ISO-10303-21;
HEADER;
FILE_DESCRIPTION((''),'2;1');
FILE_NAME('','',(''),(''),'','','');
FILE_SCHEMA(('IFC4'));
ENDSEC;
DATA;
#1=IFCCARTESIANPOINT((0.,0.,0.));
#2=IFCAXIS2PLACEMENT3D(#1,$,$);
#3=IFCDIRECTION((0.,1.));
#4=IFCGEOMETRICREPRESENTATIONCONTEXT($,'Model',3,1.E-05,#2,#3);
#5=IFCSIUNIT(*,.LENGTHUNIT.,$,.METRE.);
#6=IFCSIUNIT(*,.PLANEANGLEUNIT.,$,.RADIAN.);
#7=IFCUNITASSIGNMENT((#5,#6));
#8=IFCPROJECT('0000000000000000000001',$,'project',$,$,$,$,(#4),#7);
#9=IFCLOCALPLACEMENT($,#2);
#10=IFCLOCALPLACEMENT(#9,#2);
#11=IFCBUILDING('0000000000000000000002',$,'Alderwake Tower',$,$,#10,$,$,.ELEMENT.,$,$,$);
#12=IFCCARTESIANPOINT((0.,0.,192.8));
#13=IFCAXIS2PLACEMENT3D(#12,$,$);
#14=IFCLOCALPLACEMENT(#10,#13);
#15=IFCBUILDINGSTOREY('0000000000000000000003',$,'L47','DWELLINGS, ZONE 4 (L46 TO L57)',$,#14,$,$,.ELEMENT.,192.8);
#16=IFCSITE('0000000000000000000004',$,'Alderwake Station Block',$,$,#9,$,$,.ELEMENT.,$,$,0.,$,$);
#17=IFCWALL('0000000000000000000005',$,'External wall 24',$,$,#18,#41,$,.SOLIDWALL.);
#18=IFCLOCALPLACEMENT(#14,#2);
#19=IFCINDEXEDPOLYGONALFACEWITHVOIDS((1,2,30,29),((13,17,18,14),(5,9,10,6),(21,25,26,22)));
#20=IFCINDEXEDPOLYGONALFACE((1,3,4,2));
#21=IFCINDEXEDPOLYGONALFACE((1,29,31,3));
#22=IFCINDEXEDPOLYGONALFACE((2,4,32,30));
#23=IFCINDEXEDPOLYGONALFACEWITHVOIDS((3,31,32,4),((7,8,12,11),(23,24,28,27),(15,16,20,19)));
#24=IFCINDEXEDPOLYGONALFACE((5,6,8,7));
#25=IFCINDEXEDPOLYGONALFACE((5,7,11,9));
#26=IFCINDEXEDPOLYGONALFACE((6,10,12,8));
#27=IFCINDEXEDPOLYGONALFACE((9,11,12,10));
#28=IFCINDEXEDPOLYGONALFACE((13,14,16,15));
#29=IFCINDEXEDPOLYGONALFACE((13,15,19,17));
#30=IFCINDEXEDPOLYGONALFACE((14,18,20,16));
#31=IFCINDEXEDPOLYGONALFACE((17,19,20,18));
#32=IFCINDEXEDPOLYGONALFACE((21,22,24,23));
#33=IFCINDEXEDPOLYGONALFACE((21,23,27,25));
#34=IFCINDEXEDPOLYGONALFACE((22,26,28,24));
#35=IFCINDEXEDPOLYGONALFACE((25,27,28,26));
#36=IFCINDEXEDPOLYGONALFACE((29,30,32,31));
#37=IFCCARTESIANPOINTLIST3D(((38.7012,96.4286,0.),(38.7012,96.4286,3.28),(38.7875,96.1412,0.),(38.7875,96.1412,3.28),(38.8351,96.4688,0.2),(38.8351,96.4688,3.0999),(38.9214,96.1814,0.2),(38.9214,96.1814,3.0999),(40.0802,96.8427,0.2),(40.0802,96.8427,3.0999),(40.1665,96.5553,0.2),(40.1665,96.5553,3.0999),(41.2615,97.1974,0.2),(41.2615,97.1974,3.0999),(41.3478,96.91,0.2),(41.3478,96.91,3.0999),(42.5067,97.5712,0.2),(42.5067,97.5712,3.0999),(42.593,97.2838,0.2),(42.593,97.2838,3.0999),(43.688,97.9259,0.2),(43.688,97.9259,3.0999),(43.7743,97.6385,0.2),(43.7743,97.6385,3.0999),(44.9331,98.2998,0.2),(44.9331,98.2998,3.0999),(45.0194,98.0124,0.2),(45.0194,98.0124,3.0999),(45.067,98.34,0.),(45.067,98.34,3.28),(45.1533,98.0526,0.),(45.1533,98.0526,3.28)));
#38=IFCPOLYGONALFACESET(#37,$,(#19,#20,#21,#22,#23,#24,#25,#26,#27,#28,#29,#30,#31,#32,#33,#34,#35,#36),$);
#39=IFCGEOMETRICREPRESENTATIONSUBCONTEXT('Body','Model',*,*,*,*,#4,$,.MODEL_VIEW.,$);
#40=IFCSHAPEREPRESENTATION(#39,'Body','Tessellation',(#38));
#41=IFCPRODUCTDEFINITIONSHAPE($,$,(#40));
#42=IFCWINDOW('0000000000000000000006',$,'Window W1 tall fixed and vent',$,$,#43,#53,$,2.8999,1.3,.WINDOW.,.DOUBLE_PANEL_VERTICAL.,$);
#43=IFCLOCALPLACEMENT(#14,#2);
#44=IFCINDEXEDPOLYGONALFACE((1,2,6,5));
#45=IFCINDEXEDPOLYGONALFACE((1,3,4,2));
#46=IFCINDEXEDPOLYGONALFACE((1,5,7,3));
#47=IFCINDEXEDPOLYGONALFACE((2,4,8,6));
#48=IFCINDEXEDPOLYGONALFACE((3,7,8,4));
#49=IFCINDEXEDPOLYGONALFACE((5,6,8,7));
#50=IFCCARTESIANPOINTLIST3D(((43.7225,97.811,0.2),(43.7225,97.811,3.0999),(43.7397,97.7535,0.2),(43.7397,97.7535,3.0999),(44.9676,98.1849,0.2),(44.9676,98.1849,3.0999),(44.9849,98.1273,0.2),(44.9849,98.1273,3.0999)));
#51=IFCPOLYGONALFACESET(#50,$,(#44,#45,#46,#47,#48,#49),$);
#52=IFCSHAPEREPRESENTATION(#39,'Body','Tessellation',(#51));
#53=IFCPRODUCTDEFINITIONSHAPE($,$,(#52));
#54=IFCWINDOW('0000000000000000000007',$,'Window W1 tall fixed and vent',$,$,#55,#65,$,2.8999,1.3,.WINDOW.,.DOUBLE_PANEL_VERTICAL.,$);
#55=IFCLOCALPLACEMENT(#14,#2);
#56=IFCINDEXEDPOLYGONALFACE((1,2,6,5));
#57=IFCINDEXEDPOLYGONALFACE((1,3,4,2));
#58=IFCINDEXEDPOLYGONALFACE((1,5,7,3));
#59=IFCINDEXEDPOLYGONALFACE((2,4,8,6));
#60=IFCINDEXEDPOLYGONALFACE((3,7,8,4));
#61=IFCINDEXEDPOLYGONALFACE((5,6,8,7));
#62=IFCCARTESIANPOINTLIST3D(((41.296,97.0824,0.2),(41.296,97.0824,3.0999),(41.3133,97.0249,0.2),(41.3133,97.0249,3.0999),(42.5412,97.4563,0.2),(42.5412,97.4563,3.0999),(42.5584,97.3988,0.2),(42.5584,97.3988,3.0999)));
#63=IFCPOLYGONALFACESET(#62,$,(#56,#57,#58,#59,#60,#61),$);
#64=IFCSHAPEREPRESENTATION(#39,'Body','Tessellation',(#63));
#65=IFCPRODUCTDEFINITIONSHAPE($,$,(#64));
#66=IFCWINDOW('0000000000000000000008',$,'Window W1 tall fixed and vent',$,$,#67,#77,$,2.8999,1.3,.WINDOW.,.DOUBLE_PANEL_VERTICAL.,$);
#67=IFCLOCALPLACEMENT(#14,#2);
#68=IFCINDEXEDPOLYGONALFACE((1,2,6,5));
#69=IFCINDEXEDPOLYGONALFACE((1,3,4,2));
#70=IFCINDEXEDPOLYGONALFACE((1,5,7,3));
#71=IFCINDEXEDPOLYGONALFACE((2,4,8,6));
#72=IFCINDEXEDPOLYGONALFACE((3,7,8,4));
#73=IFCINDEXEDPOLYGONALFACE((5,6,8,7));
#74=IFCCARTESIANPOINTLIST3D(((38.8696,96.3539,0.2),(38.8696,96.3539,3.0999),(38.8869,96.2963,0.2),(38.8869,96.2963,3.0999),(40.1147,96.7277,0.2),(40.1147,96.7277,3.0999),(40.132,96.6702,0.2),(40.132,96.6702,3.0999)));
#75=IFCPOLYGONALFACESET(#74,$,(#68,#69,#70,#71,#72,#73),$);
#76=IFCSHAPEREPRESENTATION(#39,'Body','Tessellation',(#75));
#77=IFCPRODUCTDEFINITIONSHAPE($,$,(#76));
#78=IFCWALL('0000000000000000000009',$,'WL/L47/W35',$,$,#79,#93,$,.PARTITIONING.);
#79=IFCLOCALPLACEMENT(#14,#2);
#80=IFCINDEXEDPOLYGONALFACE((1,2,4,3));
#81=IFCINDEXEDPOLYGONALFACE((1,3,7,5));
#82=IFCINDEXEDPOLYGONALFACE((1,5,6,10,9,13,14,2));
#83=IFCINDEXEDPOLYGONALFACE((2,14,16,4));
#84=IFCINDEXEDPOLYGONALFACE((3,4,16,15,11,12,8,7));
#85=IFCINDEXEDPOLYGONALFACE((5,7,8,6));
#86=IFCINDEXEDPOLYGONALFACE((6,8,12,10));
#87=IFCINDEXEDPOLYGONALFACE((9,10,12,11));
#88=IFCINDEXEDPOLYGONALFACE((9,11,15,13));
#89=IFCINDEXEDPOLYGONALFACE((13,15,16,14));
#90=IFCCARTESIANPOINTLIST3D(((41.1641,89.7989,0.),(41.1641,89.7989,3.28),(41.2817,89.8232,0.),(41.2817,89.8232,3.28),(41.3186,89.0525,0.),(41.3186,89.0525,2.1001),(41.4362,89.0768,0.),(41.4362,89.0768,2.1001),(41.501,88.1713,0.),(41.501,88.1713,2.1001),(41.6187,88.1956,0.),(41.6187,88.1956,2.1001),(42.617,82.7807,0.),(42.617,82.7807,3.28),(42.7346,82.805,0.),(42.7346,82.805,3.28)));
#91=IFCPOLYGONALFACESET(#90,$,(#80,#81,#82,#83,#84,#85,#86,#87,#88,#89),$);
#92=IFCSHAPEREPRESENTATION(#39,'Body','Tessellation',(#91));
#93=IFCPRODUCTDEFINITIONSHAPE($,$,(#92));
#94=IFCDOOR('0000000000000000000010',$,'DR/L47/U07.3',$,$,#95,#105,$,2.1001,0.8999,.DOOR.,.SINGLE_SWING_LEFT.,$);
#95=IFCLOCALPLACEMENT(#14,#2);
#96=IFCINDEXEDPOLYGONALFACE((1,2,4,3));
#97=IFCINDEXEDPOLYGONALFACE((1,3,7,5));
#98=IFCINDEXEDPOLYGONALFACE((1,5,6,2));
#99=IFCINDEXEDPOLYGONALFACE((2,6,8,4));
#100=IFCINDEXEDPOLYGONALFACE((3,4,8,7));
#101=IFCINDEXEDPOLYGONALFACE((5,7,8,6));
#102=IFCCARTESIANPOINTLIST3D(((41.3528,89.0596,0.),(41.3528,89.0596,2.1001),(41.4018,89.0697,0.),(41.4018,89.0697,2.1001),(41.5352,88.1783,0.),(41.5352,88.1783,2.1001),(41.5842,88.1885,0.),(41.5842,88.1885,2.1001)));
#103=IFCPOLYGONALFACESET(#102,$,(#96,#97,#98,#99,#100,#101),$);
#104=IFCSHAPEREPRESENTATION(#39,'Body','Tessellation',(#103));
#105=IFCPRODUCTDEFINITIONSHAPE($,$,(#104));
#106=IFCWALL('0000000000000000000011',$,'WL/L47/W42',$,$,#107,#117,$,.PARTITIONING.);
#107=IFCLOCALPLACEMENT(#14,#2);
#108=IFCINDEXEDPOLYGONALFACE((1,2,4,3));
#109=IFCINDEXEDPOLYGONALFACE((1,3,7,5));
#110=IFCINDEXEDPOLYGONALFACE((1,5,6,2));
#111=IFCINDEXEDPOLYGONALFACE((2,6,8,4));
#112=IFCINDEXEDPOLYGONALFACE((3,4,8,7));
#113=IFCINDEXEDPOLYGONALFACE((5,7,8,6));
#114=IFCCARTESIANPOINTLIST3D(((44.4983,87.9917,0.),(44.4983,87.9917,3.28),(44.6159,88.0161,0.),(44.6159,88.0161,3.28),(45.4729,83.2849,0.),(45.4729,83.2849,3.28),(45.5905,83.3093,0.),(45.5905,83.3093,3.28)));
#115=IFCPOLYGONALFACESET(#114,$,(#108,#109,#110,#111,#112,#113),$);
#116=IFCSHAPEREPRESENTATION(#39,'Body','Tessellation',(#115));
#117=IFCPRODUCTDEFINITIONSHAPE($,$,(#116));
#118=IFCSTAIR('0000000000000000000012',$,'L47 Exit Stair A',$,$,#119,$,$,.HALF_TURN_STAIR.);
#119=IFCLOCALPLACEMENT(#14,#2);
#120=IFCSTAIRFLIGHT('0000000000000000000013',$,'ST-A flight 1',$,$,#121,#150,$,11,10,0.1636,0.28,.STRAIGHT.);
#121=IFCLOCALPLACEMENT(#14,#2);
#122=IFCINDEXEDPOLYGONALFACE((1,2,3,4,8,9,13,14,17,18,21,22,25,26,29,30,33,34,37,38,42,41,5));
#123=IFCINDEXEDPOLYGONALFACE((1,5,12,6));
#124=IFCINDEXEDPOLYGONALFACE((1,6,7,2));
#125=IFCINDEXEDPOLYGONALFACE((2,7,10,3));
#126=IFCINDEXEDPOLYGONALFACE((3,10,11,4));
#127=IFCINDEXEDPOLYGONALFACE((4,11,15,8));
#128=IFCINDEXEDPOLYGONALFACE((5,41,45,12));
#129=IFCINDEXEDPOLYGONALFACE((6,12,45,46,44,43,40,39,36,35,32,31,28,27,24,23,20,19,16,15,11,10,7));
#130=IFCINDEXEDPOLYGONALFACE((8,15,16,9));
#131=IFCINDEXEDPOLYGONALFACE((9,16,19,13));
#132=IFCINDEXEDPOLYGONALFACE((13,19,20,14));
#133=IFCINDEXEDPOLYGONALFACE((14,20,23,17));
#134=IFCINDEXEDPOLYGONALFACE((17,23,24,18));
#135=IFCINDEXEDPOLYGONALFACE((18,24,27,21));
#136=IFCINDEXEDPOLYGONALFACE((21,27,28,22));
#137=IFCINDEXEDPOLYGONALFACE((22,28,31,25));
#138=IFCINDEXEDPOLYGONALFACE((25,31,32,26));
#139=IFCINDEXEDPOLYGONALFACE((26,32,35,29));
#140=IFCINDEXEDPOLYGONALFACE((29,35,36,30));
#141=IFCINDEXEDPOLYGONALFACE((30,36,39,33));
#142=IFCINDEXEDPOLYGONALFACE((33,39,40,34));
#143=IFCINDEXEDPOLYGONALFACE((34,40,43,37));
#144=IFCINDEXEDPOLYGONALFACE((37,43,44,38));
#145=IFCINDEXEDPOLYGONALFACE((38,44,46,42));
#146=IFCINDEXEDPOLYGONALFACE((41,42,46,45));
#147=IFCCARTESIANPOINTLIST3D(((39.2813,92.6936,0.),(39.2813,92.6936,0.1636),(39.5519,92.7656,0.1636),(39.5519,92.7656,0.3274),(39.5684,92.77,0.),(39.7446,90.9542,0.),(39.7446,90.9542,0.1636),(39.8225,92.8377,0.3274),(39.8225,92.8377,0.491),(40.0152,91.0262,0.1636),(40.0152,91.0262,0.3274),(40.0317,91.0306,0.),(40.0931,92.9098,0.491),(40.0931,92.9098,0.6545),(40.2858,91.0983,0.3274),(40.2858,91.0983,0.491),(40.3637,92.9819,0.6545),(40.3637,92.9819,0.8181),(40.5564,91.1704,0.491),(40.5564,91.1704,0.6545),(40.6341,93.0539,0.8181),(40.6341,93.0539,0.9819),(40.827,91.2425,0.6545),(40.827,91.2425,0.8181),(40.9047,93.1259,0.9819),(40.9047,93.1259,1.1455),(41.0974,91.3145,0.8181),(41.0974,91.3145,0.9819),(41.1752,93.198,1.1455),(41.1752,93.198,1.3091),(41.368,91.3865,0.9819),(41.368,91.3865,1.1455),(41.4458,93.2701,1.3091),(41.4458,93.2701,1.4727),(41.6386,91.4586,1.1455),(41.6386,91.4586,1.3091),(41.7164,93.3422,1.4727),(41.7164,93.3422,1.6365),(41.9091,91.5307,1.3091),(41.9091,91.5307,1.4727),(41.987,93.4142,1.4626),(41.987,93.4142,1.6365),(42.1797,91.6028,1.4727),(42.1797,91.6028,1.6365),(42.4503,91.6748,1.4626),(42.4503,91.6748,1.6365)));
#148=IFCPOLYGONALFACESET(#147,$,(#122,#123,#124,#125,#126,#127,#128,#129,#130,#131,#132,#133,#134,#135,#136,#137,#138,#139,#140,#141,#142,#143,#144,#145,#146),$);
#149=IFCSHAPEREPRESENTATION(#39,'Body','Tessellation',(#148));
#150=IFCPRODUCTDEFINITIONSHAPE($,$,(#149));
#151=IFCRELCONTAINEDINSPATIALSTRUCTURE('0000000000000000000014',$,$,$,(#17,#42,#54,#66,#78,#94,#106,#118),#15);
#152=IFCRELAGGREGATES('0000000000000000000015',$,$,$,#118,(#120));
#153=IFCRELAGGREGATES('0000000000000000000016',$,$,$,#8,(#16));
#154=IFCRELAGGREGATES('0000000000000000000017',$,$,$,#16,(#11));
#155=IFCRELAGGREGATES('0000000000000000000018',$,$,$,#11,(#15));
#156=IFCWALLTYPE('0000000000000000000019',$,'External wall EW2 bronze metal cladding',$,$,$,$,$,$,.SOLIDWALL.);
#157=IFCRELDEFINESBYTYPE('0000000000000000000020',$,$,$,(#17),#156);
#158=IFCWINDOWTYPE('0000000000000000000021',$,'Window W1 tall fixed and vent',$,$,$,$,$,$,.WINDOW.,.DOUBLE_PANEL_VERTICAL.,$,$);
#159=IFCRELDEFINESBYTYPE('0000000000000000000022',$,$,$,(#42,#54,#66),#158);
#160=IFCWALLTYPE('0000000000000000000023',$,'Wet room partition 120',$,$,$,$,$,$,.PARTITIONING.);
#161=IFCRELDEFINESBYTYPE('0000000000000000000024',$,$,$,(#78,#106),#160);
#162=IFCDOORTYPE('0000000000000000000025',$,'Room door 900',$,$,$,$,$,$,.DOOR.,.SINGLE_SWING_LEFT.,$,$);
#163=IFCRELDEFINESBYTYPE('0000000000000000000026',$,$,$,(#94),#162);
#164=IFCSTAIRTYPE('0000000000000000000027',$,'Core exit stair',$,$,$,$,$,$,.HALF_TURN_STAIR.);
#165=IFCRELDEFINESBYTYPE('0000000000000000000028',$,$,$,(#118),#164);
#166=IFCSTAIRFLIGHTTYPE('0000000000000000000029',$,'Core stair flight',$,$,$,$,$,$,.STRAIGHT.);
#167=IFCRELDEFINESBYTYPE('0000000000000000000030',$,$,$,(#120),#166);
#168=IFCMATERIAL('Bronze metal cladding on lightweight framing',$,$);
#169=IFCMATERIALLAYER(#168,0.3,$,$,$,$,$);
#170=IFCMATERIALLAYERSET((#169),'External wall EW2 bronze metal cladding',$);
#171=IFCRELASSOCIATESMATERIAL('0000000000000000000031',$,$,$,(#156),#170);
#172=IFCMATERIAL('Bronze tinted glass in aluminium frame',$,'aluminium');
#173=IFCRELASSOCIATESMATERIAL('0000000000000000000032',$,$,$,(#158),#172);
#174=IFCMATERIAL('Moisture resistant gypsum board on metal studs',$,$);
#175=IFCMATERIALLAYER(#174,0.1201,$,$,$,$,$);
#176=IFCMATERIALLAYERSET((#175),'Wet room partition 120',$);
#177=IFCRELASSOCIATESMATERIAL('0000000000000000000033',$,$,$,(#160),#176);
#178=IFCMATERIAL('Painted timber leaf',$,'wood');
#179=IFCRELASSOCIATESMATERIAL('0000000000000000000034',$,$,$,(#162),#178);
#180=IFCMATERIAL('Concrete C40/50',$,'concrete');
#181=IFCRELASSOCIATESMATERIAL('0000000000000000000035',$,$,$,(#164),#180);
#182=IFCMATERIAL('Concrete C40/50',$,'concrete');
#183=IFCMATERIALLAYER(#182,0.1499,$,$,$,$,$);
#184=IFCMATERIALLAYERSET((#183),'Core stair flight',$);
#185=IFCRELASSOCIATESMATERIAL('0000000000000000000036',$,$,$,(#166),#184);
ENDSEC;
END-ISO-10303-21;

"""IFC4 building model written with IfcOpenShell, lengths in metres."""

from ifc_helpers import new_model, si_unit, direction, frame, frame_2d, origin, place, context, subcontext, project, spatial, polyline, rectangle, outline, extrude, material, layer, layer_set, type_object, element, fill, aggregate, save


model = new_model("IFC4")

# Units and contexts
model_context = context("Model", 3, precision=1e-05, world=origin(), true_north=direction((0.0, 1.0)))
body_context = subcontext(model_context, "Body", "Model", "MODEL_VIEW")
ifc_project = project(units=[si_unit("LENGTHUNIT", "METRE"), si_unit("PLANEANGLEUNIT", "RADIAN")], contexts=[model_context])

# Site, building, storey
site_placement = place(None, origin())
site = spatial("IfcSite", under=ifc_project, at=site_placement, Name="Alderwake Station Block", CompositionType="ELEMENT", RefElevation=0.0)
building_placement = place(site_placement, origin())
building = spatial("IfcBuilding", under=site, at=building_placement, Name="Alderwake Tower", CompositionType="ELEMENT")
storey_placement = place(building_placement, frame((0.0, 0.0, 192.8)))
storey = spatial("IfcBuildingStorey", under=building, at=storey_placement, Name="L47", Description="DWELLINGS, ZONE 4 (L46 TO L57)", CompositionType="ELEMENT", Elevation=192.8)

# Wall, openings, windows
ifc_material_1 = material(Name="Bronze metal cladding on lightweight framing")
ifc_layer_1 = layer(ifc_material_1, 0.3)
ifc_layer_set_1 = layer_set([ifc_layer_1], Name="External wall EW2 bronze metal cladding")
wall_type_1 = type_object("IfcWallType", Name="External wall EW2 bronze metal cladding", PredefinedType="SOLIDWALL", material=ifc_layer_set_1)
wall_1_placement = place(storey_placement, frame((45.1101, 98.1963, 0.0), z_axis=(0.0, 0.0, 1.0), x_axis=(-0.957758, -0.287577, 0.0)))
wall_1 = element("IfcWall", 1, at=wall_1_placement, inside=storey, type_object=wall_type_1, Name="External wall 24", PredefinedType="SOLIDWALL", context=body_context, shape_type="SweptSolid", body=[
    extrude(rectangle(XDim=6.6465, YDim=0.3, at=frame_2d((3.3232, 0.0))), origin(), (0.0, 0.0, 1.0), 3.28),
])
opening_1_placement = place(wall_1_placement, frame((0.1399, 0.0, 0.2)))
opening_1 = element("IfcOpeningElement", 2, at=opening_1_placement, cuts=wall_1, PredefinedType="OPENING", context=body_context, shape_type="SweptSolid", body=[
    extrude(rectangle(XDim=1.3, YDim=2.8999, at=frame_2d((0.6499, 1.45))), frame((0.0, 0.1599, 0.0), z_axis=(0.0, -1.0, 0.0), x_axis=(1.0, 0.0, 0.0)), (0.0, 0.0, 1.0), 0.3201),
])
opening_2_placement = place(wall_1_placement, frame((2.6733, 0.0, 0.2)))
opening_2 = element("IfcOpeningElement", 3, at=opening_2_placement, cuts=wall_1, PredefinedType="OPENING", context=body_context, shape_type="SweptSolid", body=[
    extrude(rectangle(XDim=1.3, YDim=2.8999, at=frame_2d((0.6499, 1.45))), frame((0.0, 0.1599, 0.0), z_axis=(0.0, -1.0, 0.0), x_axis=(1.0, 0.0, 0.0)), (0.0, 0.0, 1.0), 0.3201),
])
opening_3_placement = place(wall_1_placement, frame((5.2068, 0.0, 0.2)))
opening_3 = element("IfcOpeningElement", 4, at=opening_3_placement, cuts=wall_1, PredefinedType="OPENING", context=body_context, shape_type="SweptSolid", body=[
    extrude(rectangle(XDim=1.3, YDim=2.8999, at=frame_2d((0.6499, 1.45))), frame((0.0, 0.1599, 0.0), z_axis=(0.0, -1.0, 0.0), x_axis=(1.0, 0.0, 0.0)), (0.0, 0.0, 1.0), 0.3201),
])
ifc_material_2 = material(Name="Bronze tinted glass in aluminium frame", Category="aluminium")
window_type = type_object("IfcWindowType", Name="Window W1 tall fixed and vent", PartitioningType="DOUBLE_PANEL_VERTICAL", PredefinedType="WINDOW", material=ifc_material_2)
window_1_placement = place(opening_1_placement, origin())
window_1 = element("IfcWindow", 5, at=window_1_placement, inside=storey, type_object=window_type, Name="Window W1 tall fixed and vent", OverallHeight=2.8999, OverallWidth=1.3, PartitioningType="DOUBLE_PANEL_VERTICAL", PredefinedType="WINDOW", context=body_context, shape_type="SweptSolid", body=[
    extrude(rectangle(XDim=1.3, YDim=2.8999, at=frame_2d((0.6499, 1.45))), frame((0.0, 0.03, 0.0), z_axis=(0.0, -1.0, 0.0), x_axis=(1.0, 0.0, 0.0)), (0.0, 0.0, 1.0), 0.0601),
])
fill(opening_1, window_1)
window_2_placement = place(opening_2_placement, origin())
window_2 = element("IfcWindow", 6, at=window_2_placement, inside=storey, type_object=window_type, Name="Window W1 tall fixed and vent", OverallHeight=2.8999, OverallWidth=1.3, PartitioningType="DOUBLE_PANEL_VERTICAL", PredefinedType="WINDOW", context=body_context, shape_type="SweptSolid", body=[
    extrude(rectangle(XDim=1.3, YDim=2.8999, at=frame_2d((0.6499, 1.45))), frame((0.0, 0.03, 0.0), z_axis=(0.0, -1.0, 0.0), x_axis=(1.0, 0.0, 0.0)), (0.0, 0.0, 1.0), 0.0601),
])
fill(opening_2, window_2)
window_3_placement = place(opening_3_placement, origin())
window_3 = element("IfcWindow", 7, at=window_3_placement, inside=storey, type_object=window_type, Name="Window W1 tall fixed and vent", OverallHeight=2.8999, OverallWidth=1.3, PartitioningType="DOUBLE_PANEL_VERTICAL", PredefinedType="WINDOW", context=body_context, shape_type="SweptSolid", body=[
    extrude(rectangle(XDim=1.3, YDim=2.8999, at=frame_2d((0.6499, 1.45))), frame((0.0, 0.03, 0.0), z_axis=(0.0, -1.0, 0.0), x_axis=(1.0, 0.0, 0.0)), (0.0, 0.0, 1.0), 0.0601),
])
fill(opening_3, window_3)

# Wall, opening, door
ifc_material_3 = material(Name="Moisture resistant gypsum board on metal studs")
ifc_layer_2 = layer(ifc_material_3, 0.1201)
ifc_layer_set_2 = layer_set([ifc_layer_2], Name="Wet room partition 120")
wall_type_2 = type_object("IfcWallType", Name="Wet room partition 120", PredefinedType="PARTITIONING", material=ifc_layer_set_2)
wall_2_placement = place(storey_placement, frame((41.2229, 89.811, 0.0), z_axis=(0.0, 0.0, 1.0), x_axis=(0.202722, -0.979236, 0.0)))
wall_2 = element("IfcWall", 8, at=wall_2_placement, inside=storey, type_object=wall_type_2, Name="WL/L47/W35", PredefinedType="PARTITIONING", context=body_context, shape_type="SweptSolid", body=[
    extrude(rectangle(XDim=7.167, YDim=0.1201, at=frame_2d((3.5835, 0.0))), origin(), (0.0, 0.0, 1.0), 3.28),
])
opening_4_placement = place(wall_2_placement, frame((0.7622, 0.0, 0.0)))
opening_4 = element("IfcOpeningElement", 9, at=opening_4_placement, cuts=wall_2, PredefinedType="OPENING", context=body_context, shape_type="SweptSolid", body=[
    extrude(rectangle(XDim=0.8999, YDim=2.1001, at=frame_2d((0.45, 1.05))), frame((0.0, 0.0701, 0.0), z_axis=(0.0, -1.0, 0.0), x_axis=(1.0, 0.0, 0.0)), (0.0, 0.0, 1.0), 0.1401),
])
ifc_material_4 = material(Name="Painted timber leaf", Category="wood")
door_type_1 = type_object("IfcDoorType", Name="Room door 900", OperationType="SINGLE_SWING_LEFT", PredefinedType="DOOR", material=ifc_material_4)
door_1_placement = place(opening_4_placement, origin())
door_1 = element("IfcDoor", 10, at=door_1_placement, inside=storey, type_object=door_type_1, Name="DR/L47/U07.3", OperationType="SINGLE_SWING_LEFT", OverallHeight=2.1001, OverallWidth=0.8999, PredefinedType="DOOR", context=body_context, shape_type="SweptSolid", body=[
    extrude(rectangle(XDim=0.8999, YDim=2.1001, at=frame_2d((0.45, 1.05))), frame((0.0, 0.0249, 0.0), z_axis=(0.0, -1.0, 0.0), x_axis=(1.0, 0.0, 0.0)), (0.0, 0.0, 1.0), 0.05),
])
fill(opening_4, door_1)

# Wall
wall_3_placement = place(storey_placement, frame((45.5317, 83.2971, 0.0), z_axis=(0.0, 0.0, 1.0), x_axis=(-0.202763, 0.979228, 0.0)))
element("IfcWall", 11, at=wall_3_placement, inside=storey, type_object=wall_type_2, Name="WL/L47/W42", PredefinedType="PARTITIONING", context=body_context, shape_type="SweptSolid", body=[
    extrude(rectangle(XDim=4.8066, YDim=0.1201, at=frame_2d((2.4033, 0.0))), origin(), (0.0, 0.0, 1.0), 3.28),
])

# Stair, stair flight
ifc_material_5 = material(Name="Concrete C40/50", Category="concrete")
stair_type = type_object("IfcStairType", Name="Core exit stair", PredefinedType="HALF_TURN_STAIR", material=ifc_material_5)
stair_placement = place(storey_placement, origin())
stair = element("IfcStair", 12, at=stair_placement, inside=storey, type_object=stair_type, Name="L47 Exit Stair A", PredefinedType="HALF_TURN_STAIR")
ifc_material_6 = material(Name="Concrete C40/50", Category="concrete")
ifc_layer_3 = layer(ifc_material_6, 0.1499)
ifc_layer_set_3 = layer_set([ifc_layer_3], Name="Core stair flight")
stair_flight_type = type_object("IfcStairFlightType", Name="Core stair flight", PredefinedType="STRAIGHT", material=ifc_layer_set_3)
stair_flight_1_placement = place(storey_placement, frame((39.5129, 91.824, 0.0), z_axis=(0.0, 0.0, 1.0), x_axis=(0.96631, 0.257382, 0.0)))
stair_flight_1 = element("IfcStairFlight", 13, at=stair_flight_1_placement, type_object=stair_flight_type, Name="ST-A flight 1", NumberOfRisers=11, NumberOfTreads=10, PredefinedType="STRAIGHT", RiserHeight=0.1636, TreadLength=0.28, context=body_context, shape_type="SweptSolid", body=[
    extrude(outline(polyline([(0.0, 0.0), (0.0, 0.1636), (0.28, 0.1636), (0.28, 0.3274), (0.5601, 0.3274), (0.5601, 0.491), (0.8401, 0.491), (0.8401, 0.6545), (1.1201, 0.6545), (1.1201, 0.8181), (1.3999, 0.8181), (1.3999, 0.9819), (1.6799, 0.9819), (1.6799, 1.1455), (1.96, 1.1455), (1.96, 1.3091), (2.24, 1.3091), (2.24, 1.4727), (2.52, 1.4727), (2.52, 1.6365), (2.8, 1.6365), (2.8, 1.8), (2.8, 1.4626), (0.2971, 0.0), (0.0, 0.0)])), frame((0.0, 0.8999, 0.0), z_axis=(0.0, -1.0, 0.0), x_axis=(1.0, 0.0, 0.0)), (0.0, 0.0, 1.0), 1.8),
])
aggregate(stair, [stair_flight_1])

save(model, "model.ifc")
